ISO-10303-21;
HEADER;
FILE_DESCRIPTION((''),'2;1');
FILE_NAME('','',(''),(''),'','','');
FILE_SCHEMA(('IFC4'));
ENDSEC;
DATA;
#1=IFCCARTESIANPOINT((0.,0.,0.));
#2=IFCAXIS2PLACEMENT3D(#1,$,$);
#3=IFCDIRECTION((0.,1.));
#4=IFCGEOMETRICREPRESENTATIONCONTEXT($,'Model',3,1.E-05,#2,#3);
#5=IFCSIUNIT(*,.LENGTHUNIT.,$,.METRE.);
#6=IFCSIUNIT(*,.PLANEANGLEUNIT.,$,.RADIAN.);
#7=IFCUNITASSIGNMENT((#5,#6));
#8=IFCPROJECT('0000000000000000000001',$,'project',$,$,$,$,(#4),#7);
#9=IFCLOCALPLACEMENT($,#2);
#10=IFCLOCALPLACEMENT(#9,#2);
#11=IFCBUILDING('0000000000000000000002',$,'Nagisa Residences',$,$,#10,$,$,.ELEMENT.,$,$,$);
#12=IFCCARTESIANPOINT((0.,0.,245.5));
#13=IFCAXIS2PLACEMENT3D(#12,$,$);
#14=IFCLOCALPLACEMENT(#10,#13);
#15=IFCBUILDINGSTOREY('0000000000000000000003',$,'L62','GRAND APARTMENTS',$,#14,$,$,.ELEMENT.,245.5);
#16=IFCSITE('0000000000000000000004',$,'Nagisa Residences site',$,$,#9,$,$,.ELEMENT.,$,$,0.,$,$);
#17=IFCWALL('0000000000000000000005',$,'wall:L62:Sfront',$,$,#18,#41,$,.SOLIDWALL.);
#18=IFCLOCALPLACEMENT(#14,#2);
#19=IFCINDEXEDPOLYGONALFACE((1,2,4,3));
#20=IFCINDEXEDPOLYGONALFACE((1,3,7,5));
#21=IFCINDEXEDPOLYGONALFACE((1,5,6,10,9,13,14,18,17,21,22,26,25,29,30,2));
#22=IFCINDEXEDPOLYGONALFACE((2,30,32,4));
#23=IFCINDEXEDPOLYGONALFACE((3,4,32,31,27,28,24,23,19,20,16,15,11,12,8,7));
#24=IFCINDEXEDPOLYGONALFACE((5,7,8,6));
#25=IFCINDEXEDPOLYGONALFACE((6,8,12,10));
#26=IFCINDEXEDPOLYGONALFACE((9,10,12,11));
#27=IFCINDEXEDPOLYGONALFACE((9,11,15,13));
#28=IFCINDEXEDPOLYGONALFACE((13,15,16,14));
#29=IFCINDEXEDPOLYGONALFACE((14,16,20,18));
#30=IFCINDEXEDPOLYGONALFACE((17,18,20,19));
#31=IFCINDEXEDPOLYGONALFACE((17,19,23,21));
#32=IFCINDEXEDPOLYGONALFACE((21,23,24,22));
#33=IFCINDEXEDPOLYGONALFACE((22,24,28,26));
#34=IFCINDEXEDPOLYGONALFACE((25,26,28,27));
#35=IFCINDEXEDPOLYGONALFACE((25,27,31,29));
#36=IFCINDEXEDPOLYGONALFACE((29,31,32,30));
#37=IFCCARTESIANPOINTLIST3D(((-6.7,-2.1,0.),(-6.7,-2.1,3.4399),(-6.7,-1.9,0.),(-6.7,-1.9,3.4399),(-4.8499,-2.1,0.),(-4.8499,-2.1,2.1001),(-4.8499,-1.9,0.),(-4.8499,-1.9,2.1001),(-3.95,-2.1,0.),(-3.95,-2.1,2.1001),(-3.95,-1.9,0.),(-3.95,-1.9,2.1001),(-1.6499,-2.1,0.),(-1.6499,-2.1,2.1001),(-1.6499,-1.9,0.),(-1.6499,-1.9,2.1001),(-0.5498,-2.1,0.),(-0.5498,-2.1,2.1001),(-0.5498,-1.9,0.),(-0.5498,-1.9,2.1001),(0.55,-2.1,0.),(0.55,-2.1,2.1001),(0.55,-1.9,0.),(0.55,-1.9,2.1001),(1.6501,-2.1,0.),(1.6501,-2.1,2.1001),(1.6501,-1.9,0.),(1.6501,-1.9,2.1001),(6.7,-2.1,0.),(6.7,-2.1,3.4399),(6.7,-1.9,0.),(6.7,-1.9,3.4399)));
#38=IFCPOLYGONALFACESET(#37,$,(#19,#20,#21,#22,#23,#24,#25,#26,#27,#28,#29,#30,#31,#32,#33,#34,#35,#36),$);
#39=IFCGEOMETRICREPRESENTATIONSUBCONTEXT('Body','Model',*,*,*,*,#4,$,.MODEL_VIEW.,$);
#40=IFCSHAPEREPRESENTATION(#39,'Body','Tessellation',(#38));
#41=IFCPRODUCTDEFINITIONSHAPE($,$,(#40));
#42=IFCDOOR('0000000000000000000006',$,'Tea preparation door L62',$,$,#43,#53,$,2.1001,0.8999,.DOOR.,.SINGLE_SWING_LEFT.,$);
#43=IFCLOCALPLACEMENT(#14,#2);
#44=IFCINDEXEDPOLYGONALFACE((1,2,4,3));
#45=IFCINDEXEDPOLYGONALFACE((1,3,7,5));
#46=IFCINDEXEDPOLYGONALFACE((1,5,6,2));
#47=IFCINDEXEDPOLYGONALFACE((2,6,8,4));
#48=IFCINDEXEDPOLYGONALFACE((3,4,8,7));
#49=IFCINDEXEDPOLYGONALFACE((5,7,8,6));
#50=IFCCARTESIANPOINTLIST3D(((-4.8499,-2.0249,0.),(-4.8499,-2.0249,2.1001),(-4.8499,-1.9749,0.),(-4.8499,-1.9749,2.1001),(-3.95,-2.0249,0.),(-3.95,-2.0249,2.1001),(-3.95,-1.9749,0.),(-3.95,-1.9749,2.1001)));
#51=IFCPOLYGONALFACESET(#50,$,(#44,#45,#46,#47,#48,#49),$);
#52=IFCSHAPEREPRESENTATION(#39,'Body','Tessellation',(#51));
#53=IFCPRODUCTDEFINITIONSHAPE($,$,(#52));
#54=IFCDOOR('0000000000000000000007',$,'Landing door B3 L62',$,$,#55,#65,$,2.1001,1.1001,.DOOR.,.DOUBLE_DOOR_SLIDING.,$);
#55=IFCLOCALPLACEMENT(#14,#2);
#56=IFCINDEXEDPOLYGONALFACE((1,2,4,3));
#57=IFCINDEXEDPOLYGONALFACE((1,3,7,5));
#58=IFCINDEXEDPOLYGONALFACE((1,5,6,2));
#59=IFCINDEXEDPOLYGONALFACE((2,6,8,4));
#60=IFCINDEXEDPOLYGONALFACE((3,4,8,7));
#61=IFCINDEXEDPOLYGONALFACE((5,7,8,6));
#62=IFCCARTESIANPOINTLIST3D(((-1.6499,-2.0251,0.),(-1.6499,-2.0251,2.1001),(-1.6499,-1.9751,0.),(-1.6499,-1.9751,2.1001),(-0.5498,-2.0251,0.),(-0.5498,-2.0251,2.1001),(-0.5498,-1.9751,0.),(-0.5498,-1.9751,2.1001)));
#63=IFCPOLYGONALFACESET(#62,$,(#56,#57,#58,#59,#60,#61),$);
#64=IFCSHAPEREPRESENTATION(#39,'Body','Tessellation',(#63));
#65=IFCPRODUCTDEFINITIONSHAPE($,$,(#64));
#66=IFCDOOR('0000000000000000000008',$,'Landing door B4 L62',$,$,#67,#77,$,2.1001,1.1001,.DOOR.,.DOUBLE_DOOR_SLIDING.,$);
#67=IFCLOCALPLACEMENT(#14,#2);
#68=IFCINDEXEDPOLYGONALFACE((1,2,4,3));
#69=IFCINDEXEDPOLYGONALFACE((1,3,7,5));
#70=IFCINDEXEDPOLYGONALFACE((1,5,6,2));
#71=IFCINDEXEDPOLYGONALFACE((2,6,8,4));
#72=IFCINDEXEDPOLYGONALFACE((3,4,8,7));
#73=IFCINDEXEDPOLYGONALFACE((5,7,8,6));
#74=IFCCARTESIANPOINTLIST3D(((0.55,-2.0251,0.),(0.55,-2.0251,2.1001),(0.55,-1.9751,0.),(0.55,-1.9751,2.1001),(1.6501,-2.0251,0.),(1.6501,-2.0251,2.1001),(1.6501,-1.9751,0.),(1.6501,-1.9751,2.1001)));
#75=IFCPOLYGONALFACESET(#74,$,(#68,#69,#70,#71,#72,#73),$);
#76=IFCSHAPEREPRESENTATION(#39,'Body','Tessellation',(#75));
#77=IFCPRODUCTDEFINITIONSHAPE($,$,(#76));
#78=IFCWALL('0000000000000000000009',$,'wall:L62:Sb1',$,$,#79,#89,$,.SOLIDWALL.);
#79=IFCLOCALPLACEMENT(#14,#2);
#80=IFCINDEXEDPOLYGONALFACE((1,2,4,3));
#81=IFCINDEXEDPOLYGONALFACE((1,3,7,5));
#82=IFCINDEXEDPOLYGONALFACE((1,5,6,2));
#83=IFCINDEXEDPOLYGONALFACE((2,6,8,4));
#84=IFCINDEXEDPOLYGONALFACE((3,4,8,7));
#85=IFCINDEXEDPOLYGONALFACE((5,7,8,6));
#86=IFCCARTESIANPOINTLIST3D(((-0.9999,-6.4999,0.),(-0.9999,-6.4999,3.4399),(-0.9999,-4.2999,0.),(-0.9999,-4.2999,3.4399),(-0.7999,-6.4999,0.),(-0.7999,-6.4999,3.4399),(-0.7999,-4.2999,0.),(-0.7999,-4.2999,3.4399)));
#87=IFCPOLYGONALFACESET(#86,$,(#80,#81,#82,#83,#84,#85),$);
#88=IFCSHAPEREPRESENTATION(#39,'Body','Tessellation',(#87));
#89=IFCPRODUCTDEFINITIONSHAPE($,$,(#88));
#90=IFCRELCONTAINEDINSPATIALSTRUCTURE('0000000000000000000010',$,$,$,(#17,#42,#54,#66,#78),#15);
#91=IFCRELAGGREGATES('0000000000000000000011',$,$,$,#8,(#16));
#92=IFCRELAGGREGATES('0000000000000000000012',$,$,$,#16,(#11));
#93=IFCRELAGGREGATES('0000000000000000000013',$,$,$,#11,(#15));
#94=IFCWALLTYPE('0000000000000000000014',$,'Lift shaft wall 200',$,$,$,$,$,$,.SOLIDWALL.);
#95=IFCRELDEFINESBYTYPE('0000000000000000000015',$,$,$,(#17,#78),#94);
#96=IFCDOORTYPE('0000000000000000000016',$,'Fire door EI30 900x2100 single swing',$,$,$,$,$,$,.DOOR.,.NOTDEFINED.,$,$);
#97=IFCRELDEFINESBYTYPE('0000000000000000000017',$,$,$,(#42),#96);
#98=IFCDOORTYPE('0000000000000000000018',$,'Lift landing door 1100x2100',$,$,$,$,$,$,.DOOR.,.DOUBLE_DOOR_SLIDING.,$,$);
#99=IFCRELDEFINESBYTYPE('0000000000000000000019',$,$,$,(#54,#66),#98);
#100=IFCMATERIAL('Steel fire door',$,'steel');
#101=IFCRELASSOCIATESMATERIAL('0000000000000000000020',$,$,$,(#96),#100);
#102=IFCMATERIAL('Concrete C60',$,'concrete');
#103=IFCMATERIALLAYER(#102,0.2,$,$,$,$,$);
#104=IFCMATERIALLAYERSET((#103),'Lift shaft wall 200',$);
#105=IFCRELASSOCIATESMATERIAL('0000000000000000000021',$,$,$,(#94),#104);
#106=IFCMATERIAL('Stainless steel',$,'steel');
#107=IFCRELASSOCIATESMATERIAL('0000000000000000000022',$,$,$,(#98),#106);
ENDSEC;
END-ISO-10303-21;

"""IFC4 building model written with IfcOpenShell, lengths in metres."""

from ifc_helpers import new_model, si_unit, direction, frame, frame_2d, origin, place, context, subcontext, project, spatial, rectangle, extrude, material, layer, layer_set, type_object, element, fill, save


model = new_model("IFC4")

# Units and contexts
model_context = context("Model", 3, precision=1e-05, world=origin(), true_north=direction((0.0, 1.0)))
body_context = subcontext(model_context, "Body", "Model", "MODEL_VIEW")
ifc_project = project(units=[si_unit("LENGTHUNIT", "METRE"), si_unit("PLANEANGLEUNIT", "RADIAN")], contexts=[model_context])

# Site, building, storey
site_placement = place(None, origin())
site = spatial("IfcSite", under=ifc_project, at=site_placement, Name="Nagisa Residences site", CompositionType="ELEMENT", RefElevation=0.0)
building_placement = place(site_placement, origin())
building = spatial("IfcBuilding", under=site, at=building_placement, Name="Nagisa Residences", CompositionType="ELEMENT")
storey_placement = place(building_placement, frame((0.0, 0.0, 245.5)))
storey = spatial("IfcBuildingStorey", under=building, at=storey_placement, Name="L62", Description="GRAND APARTMENTS", CompositionType="ELEMENT", Elevation=245.5)

# Shared definitions
ifc_material_1 = material(Name="Steel fire door", Category="steel")
door_type_1 = type_object("IfcDoorType", Name="Fire door EI30 900x2100 single swing", OperationType="NOTDEFINED", PredefinedType="DOOR", material=ifc_material_1)

# Shared definitions
ifc_material_2 = material(Name="Concrete C60", Category="concrete")
ifc_layer_1 = layer(ifc_material_2, 0.2)
ifc_layer_set_1 = layer_set([ifc_layer_1], Name="Lift shaft wall 200")
wall_type_1 = type_object("IfcWallType", Name="Lift shaft wall 200", PredefinedType="SOLIDWALL", material=ifc_layer_set_1)

# Wall, openings, doors
wall_1_placement = place(storey_placement, frame((-6.7, -2.0, 0.0), z_axis=(0.0, 0.0, 1.0), x_axis=(1.0, 0.0, 0.0)))
wall_1 = element("IfcWall", 1, at=wall_1_placement, inside=storey, type_object=wall_type_1, Name="wall:L62:Sfront", PredefinedType="SOLIDWALL", context=body_context, shape_type="SweptSolid", body=[
    extrude(rectangle(XDim=13.3999, YDim=0.2, at=frame_2d((6.7, 0.0))), origin(), (0.0, 0.0, 1.0), 3.4399),
])
opening_1_placement = place(wall_1_placement, frame((5.05, 0.0, 0.0)))
opening_1 = element("IfcOpeningElement", 2, at=opening_1_placement, cuts=wall_1, PredefinedType="OPENING", context=body_context, shape_type="SweptSolid", body=[
    extrude(rectangle(XDim=1.1001, YDim=2.1001, at=frame_2d((0.55, 1.05))), frame((0.0, 0.1099, 0.0), z_axis=(0.0, -1.0, 0.0), x_axis=(1.0, 0.0, 0.0)), (0.0, 0.0, 1.0), 0.22),
])
opening_2_placement = place(wall_1_placement, frame((7.25, 0.0, 0.0)))
opening_2 = element("IfcOpeningElement", 3, at=opening_2_placement, cuts=wall_1, PredefinedType="OPENING", context=body_context, shape_type="SweptSolid", body=[
    extrude(rectangle(XDim=1.1001, YDim=2.1001, at=frame_2d((0.55, 1.05))), frame((0.0, 0.1099, 0.0), z_axis=(0.0, -1.0, 0.0), x_axis=(1.0, 0.0, 0.0)), (0.0, 0.0, 1.0), 0.22),
])
opening_3_placement = place(wall_1_placement, frame((1.8501, 0.0, 0.0)))
opening_3 = element("IfcOpeningElement", 4, at=opening_3_placement, cuts=wall_1, PredefinedType="OPENING", context=body_context, shape_type="SweptSolid", body=[
    extrude(rectangle(XDim=0.8999, YDim=2.1001, at=frame_2d((0.45, 1.05))), frame((0.0, 0.1099, 0.0), z_axis=(0.0, -1.0, 0.0), x_axis=(1.0, 0.0, 0.0)), (0.0, 0.0, 1.0), 0.22),
])
door_1_placement = place(opening_3_placement, frame((0.8999, 0.0, 0.0), x_axis=(-1.0, 0.0, 0.0)))
door_1 = element("IfcDoor", 5, at=door_1_placement, inside=storey, type_object=door_type_1, Name="Tea preparation door L62", OperationType="SINGLE_SWING_LEFT", OverallHeight=2.1001, OverallWidth=0.8999, PredefinedType="DOOR", context=body_context, shape_type="SweptSolid", body=[
    extrude(rectangle(XDim=0.8999, YDim=2.1001, at=frame_2d((0.45, 1.05))), frame((0.0, 0.0249, 0.0), z_axis=(0.0, -1.0, 0.0), x_axis=(1.0, 0.0, 0.0)), (0.0, 0.0, 1.0), 0.05),
])
fill(opening_3, door_1)
ifc_material_3 = material(Name="Stainless steel", Category="steel")
door_type_2 = type_object("IfcDoorType", Name="Lift landing door 1100x2100", OperationType="DOUBLE_DOOR_SLIDING", PredefinedType="DOOR", material=ifc_material_3)
door_2_placement = place(opening_1_placement, origin())
door_2 = element("IfcDoor", 6, at=door_2_placement, inside=storey, type_object=door_type_2, Name="Landing door B3 L62", OperationType="DOUBLE_DOOR_SLIDING", OverallHeight=2.1001, OverallWidth=1.1001, PredefinedType="DOOR", context=body_context, shape_type="SweptSolid", body=[
    extrude(rectangle(XDim=1.1001, YDim=2.1001, at=frame_2d((0.55, 1.05))), frame((0.0, 0.0249, 0.0), z_axis=(0.0, -1.0, 0.0), x_axis=(1.0, 0.0, 0.0)), (0.0, 0.0, 1.0), 0.05),
])
fill(opening_1, door_2)
door_3_placement = place(opening_2_placement, origin())
door_3 = element("IfcDoor", 7, at=door_3_placement, inside=storey, type_object=door_type_2, Name="Landing door B4 L62", OperationType="DOUBLE_DOOR_SLIDING", OverallHeight=2.1001, OverallWidth=1.1001, PredefinedType="DOOR", context=body_context, shape_type="SweptSolid", body=[
    extrude(rectangle(XDim=1.1001, YDim=2.1001, at=frame_2d((0.55, 1.05))), frame((0.0, 0.0249, 0.0), z_axis=(0.0, -1.0, 0.0), x_axis=(1.0, 0.0, 0.0)), (0.0, 0.0, 1.0), 0.05),
])
fill(opening_2, door_3)

# Wall
wall_2_placement = place(storey_placement, frame((-0.8999, -6.5, 0.0), z_axis=(0.0, 0.0, 1.0), x_axis=(0.0, 1.0, 0.0)))
element("IfcWall", 8, at=wall_2_placement, inside=storey, type_object=wall_type_1, Name="wall:L62:Sb1", PredefinedType="SOLIDWALL", context=body_context, shape_type="SweptSolid", body=[
    extrude(rectangle(XDim=2.2, YDim=0.2, at=frame_2d((1.1001, 0.0))), origin(), (0.0, 0.0, 1.0), 3.4399),
])

save(model, "model.ifc")
